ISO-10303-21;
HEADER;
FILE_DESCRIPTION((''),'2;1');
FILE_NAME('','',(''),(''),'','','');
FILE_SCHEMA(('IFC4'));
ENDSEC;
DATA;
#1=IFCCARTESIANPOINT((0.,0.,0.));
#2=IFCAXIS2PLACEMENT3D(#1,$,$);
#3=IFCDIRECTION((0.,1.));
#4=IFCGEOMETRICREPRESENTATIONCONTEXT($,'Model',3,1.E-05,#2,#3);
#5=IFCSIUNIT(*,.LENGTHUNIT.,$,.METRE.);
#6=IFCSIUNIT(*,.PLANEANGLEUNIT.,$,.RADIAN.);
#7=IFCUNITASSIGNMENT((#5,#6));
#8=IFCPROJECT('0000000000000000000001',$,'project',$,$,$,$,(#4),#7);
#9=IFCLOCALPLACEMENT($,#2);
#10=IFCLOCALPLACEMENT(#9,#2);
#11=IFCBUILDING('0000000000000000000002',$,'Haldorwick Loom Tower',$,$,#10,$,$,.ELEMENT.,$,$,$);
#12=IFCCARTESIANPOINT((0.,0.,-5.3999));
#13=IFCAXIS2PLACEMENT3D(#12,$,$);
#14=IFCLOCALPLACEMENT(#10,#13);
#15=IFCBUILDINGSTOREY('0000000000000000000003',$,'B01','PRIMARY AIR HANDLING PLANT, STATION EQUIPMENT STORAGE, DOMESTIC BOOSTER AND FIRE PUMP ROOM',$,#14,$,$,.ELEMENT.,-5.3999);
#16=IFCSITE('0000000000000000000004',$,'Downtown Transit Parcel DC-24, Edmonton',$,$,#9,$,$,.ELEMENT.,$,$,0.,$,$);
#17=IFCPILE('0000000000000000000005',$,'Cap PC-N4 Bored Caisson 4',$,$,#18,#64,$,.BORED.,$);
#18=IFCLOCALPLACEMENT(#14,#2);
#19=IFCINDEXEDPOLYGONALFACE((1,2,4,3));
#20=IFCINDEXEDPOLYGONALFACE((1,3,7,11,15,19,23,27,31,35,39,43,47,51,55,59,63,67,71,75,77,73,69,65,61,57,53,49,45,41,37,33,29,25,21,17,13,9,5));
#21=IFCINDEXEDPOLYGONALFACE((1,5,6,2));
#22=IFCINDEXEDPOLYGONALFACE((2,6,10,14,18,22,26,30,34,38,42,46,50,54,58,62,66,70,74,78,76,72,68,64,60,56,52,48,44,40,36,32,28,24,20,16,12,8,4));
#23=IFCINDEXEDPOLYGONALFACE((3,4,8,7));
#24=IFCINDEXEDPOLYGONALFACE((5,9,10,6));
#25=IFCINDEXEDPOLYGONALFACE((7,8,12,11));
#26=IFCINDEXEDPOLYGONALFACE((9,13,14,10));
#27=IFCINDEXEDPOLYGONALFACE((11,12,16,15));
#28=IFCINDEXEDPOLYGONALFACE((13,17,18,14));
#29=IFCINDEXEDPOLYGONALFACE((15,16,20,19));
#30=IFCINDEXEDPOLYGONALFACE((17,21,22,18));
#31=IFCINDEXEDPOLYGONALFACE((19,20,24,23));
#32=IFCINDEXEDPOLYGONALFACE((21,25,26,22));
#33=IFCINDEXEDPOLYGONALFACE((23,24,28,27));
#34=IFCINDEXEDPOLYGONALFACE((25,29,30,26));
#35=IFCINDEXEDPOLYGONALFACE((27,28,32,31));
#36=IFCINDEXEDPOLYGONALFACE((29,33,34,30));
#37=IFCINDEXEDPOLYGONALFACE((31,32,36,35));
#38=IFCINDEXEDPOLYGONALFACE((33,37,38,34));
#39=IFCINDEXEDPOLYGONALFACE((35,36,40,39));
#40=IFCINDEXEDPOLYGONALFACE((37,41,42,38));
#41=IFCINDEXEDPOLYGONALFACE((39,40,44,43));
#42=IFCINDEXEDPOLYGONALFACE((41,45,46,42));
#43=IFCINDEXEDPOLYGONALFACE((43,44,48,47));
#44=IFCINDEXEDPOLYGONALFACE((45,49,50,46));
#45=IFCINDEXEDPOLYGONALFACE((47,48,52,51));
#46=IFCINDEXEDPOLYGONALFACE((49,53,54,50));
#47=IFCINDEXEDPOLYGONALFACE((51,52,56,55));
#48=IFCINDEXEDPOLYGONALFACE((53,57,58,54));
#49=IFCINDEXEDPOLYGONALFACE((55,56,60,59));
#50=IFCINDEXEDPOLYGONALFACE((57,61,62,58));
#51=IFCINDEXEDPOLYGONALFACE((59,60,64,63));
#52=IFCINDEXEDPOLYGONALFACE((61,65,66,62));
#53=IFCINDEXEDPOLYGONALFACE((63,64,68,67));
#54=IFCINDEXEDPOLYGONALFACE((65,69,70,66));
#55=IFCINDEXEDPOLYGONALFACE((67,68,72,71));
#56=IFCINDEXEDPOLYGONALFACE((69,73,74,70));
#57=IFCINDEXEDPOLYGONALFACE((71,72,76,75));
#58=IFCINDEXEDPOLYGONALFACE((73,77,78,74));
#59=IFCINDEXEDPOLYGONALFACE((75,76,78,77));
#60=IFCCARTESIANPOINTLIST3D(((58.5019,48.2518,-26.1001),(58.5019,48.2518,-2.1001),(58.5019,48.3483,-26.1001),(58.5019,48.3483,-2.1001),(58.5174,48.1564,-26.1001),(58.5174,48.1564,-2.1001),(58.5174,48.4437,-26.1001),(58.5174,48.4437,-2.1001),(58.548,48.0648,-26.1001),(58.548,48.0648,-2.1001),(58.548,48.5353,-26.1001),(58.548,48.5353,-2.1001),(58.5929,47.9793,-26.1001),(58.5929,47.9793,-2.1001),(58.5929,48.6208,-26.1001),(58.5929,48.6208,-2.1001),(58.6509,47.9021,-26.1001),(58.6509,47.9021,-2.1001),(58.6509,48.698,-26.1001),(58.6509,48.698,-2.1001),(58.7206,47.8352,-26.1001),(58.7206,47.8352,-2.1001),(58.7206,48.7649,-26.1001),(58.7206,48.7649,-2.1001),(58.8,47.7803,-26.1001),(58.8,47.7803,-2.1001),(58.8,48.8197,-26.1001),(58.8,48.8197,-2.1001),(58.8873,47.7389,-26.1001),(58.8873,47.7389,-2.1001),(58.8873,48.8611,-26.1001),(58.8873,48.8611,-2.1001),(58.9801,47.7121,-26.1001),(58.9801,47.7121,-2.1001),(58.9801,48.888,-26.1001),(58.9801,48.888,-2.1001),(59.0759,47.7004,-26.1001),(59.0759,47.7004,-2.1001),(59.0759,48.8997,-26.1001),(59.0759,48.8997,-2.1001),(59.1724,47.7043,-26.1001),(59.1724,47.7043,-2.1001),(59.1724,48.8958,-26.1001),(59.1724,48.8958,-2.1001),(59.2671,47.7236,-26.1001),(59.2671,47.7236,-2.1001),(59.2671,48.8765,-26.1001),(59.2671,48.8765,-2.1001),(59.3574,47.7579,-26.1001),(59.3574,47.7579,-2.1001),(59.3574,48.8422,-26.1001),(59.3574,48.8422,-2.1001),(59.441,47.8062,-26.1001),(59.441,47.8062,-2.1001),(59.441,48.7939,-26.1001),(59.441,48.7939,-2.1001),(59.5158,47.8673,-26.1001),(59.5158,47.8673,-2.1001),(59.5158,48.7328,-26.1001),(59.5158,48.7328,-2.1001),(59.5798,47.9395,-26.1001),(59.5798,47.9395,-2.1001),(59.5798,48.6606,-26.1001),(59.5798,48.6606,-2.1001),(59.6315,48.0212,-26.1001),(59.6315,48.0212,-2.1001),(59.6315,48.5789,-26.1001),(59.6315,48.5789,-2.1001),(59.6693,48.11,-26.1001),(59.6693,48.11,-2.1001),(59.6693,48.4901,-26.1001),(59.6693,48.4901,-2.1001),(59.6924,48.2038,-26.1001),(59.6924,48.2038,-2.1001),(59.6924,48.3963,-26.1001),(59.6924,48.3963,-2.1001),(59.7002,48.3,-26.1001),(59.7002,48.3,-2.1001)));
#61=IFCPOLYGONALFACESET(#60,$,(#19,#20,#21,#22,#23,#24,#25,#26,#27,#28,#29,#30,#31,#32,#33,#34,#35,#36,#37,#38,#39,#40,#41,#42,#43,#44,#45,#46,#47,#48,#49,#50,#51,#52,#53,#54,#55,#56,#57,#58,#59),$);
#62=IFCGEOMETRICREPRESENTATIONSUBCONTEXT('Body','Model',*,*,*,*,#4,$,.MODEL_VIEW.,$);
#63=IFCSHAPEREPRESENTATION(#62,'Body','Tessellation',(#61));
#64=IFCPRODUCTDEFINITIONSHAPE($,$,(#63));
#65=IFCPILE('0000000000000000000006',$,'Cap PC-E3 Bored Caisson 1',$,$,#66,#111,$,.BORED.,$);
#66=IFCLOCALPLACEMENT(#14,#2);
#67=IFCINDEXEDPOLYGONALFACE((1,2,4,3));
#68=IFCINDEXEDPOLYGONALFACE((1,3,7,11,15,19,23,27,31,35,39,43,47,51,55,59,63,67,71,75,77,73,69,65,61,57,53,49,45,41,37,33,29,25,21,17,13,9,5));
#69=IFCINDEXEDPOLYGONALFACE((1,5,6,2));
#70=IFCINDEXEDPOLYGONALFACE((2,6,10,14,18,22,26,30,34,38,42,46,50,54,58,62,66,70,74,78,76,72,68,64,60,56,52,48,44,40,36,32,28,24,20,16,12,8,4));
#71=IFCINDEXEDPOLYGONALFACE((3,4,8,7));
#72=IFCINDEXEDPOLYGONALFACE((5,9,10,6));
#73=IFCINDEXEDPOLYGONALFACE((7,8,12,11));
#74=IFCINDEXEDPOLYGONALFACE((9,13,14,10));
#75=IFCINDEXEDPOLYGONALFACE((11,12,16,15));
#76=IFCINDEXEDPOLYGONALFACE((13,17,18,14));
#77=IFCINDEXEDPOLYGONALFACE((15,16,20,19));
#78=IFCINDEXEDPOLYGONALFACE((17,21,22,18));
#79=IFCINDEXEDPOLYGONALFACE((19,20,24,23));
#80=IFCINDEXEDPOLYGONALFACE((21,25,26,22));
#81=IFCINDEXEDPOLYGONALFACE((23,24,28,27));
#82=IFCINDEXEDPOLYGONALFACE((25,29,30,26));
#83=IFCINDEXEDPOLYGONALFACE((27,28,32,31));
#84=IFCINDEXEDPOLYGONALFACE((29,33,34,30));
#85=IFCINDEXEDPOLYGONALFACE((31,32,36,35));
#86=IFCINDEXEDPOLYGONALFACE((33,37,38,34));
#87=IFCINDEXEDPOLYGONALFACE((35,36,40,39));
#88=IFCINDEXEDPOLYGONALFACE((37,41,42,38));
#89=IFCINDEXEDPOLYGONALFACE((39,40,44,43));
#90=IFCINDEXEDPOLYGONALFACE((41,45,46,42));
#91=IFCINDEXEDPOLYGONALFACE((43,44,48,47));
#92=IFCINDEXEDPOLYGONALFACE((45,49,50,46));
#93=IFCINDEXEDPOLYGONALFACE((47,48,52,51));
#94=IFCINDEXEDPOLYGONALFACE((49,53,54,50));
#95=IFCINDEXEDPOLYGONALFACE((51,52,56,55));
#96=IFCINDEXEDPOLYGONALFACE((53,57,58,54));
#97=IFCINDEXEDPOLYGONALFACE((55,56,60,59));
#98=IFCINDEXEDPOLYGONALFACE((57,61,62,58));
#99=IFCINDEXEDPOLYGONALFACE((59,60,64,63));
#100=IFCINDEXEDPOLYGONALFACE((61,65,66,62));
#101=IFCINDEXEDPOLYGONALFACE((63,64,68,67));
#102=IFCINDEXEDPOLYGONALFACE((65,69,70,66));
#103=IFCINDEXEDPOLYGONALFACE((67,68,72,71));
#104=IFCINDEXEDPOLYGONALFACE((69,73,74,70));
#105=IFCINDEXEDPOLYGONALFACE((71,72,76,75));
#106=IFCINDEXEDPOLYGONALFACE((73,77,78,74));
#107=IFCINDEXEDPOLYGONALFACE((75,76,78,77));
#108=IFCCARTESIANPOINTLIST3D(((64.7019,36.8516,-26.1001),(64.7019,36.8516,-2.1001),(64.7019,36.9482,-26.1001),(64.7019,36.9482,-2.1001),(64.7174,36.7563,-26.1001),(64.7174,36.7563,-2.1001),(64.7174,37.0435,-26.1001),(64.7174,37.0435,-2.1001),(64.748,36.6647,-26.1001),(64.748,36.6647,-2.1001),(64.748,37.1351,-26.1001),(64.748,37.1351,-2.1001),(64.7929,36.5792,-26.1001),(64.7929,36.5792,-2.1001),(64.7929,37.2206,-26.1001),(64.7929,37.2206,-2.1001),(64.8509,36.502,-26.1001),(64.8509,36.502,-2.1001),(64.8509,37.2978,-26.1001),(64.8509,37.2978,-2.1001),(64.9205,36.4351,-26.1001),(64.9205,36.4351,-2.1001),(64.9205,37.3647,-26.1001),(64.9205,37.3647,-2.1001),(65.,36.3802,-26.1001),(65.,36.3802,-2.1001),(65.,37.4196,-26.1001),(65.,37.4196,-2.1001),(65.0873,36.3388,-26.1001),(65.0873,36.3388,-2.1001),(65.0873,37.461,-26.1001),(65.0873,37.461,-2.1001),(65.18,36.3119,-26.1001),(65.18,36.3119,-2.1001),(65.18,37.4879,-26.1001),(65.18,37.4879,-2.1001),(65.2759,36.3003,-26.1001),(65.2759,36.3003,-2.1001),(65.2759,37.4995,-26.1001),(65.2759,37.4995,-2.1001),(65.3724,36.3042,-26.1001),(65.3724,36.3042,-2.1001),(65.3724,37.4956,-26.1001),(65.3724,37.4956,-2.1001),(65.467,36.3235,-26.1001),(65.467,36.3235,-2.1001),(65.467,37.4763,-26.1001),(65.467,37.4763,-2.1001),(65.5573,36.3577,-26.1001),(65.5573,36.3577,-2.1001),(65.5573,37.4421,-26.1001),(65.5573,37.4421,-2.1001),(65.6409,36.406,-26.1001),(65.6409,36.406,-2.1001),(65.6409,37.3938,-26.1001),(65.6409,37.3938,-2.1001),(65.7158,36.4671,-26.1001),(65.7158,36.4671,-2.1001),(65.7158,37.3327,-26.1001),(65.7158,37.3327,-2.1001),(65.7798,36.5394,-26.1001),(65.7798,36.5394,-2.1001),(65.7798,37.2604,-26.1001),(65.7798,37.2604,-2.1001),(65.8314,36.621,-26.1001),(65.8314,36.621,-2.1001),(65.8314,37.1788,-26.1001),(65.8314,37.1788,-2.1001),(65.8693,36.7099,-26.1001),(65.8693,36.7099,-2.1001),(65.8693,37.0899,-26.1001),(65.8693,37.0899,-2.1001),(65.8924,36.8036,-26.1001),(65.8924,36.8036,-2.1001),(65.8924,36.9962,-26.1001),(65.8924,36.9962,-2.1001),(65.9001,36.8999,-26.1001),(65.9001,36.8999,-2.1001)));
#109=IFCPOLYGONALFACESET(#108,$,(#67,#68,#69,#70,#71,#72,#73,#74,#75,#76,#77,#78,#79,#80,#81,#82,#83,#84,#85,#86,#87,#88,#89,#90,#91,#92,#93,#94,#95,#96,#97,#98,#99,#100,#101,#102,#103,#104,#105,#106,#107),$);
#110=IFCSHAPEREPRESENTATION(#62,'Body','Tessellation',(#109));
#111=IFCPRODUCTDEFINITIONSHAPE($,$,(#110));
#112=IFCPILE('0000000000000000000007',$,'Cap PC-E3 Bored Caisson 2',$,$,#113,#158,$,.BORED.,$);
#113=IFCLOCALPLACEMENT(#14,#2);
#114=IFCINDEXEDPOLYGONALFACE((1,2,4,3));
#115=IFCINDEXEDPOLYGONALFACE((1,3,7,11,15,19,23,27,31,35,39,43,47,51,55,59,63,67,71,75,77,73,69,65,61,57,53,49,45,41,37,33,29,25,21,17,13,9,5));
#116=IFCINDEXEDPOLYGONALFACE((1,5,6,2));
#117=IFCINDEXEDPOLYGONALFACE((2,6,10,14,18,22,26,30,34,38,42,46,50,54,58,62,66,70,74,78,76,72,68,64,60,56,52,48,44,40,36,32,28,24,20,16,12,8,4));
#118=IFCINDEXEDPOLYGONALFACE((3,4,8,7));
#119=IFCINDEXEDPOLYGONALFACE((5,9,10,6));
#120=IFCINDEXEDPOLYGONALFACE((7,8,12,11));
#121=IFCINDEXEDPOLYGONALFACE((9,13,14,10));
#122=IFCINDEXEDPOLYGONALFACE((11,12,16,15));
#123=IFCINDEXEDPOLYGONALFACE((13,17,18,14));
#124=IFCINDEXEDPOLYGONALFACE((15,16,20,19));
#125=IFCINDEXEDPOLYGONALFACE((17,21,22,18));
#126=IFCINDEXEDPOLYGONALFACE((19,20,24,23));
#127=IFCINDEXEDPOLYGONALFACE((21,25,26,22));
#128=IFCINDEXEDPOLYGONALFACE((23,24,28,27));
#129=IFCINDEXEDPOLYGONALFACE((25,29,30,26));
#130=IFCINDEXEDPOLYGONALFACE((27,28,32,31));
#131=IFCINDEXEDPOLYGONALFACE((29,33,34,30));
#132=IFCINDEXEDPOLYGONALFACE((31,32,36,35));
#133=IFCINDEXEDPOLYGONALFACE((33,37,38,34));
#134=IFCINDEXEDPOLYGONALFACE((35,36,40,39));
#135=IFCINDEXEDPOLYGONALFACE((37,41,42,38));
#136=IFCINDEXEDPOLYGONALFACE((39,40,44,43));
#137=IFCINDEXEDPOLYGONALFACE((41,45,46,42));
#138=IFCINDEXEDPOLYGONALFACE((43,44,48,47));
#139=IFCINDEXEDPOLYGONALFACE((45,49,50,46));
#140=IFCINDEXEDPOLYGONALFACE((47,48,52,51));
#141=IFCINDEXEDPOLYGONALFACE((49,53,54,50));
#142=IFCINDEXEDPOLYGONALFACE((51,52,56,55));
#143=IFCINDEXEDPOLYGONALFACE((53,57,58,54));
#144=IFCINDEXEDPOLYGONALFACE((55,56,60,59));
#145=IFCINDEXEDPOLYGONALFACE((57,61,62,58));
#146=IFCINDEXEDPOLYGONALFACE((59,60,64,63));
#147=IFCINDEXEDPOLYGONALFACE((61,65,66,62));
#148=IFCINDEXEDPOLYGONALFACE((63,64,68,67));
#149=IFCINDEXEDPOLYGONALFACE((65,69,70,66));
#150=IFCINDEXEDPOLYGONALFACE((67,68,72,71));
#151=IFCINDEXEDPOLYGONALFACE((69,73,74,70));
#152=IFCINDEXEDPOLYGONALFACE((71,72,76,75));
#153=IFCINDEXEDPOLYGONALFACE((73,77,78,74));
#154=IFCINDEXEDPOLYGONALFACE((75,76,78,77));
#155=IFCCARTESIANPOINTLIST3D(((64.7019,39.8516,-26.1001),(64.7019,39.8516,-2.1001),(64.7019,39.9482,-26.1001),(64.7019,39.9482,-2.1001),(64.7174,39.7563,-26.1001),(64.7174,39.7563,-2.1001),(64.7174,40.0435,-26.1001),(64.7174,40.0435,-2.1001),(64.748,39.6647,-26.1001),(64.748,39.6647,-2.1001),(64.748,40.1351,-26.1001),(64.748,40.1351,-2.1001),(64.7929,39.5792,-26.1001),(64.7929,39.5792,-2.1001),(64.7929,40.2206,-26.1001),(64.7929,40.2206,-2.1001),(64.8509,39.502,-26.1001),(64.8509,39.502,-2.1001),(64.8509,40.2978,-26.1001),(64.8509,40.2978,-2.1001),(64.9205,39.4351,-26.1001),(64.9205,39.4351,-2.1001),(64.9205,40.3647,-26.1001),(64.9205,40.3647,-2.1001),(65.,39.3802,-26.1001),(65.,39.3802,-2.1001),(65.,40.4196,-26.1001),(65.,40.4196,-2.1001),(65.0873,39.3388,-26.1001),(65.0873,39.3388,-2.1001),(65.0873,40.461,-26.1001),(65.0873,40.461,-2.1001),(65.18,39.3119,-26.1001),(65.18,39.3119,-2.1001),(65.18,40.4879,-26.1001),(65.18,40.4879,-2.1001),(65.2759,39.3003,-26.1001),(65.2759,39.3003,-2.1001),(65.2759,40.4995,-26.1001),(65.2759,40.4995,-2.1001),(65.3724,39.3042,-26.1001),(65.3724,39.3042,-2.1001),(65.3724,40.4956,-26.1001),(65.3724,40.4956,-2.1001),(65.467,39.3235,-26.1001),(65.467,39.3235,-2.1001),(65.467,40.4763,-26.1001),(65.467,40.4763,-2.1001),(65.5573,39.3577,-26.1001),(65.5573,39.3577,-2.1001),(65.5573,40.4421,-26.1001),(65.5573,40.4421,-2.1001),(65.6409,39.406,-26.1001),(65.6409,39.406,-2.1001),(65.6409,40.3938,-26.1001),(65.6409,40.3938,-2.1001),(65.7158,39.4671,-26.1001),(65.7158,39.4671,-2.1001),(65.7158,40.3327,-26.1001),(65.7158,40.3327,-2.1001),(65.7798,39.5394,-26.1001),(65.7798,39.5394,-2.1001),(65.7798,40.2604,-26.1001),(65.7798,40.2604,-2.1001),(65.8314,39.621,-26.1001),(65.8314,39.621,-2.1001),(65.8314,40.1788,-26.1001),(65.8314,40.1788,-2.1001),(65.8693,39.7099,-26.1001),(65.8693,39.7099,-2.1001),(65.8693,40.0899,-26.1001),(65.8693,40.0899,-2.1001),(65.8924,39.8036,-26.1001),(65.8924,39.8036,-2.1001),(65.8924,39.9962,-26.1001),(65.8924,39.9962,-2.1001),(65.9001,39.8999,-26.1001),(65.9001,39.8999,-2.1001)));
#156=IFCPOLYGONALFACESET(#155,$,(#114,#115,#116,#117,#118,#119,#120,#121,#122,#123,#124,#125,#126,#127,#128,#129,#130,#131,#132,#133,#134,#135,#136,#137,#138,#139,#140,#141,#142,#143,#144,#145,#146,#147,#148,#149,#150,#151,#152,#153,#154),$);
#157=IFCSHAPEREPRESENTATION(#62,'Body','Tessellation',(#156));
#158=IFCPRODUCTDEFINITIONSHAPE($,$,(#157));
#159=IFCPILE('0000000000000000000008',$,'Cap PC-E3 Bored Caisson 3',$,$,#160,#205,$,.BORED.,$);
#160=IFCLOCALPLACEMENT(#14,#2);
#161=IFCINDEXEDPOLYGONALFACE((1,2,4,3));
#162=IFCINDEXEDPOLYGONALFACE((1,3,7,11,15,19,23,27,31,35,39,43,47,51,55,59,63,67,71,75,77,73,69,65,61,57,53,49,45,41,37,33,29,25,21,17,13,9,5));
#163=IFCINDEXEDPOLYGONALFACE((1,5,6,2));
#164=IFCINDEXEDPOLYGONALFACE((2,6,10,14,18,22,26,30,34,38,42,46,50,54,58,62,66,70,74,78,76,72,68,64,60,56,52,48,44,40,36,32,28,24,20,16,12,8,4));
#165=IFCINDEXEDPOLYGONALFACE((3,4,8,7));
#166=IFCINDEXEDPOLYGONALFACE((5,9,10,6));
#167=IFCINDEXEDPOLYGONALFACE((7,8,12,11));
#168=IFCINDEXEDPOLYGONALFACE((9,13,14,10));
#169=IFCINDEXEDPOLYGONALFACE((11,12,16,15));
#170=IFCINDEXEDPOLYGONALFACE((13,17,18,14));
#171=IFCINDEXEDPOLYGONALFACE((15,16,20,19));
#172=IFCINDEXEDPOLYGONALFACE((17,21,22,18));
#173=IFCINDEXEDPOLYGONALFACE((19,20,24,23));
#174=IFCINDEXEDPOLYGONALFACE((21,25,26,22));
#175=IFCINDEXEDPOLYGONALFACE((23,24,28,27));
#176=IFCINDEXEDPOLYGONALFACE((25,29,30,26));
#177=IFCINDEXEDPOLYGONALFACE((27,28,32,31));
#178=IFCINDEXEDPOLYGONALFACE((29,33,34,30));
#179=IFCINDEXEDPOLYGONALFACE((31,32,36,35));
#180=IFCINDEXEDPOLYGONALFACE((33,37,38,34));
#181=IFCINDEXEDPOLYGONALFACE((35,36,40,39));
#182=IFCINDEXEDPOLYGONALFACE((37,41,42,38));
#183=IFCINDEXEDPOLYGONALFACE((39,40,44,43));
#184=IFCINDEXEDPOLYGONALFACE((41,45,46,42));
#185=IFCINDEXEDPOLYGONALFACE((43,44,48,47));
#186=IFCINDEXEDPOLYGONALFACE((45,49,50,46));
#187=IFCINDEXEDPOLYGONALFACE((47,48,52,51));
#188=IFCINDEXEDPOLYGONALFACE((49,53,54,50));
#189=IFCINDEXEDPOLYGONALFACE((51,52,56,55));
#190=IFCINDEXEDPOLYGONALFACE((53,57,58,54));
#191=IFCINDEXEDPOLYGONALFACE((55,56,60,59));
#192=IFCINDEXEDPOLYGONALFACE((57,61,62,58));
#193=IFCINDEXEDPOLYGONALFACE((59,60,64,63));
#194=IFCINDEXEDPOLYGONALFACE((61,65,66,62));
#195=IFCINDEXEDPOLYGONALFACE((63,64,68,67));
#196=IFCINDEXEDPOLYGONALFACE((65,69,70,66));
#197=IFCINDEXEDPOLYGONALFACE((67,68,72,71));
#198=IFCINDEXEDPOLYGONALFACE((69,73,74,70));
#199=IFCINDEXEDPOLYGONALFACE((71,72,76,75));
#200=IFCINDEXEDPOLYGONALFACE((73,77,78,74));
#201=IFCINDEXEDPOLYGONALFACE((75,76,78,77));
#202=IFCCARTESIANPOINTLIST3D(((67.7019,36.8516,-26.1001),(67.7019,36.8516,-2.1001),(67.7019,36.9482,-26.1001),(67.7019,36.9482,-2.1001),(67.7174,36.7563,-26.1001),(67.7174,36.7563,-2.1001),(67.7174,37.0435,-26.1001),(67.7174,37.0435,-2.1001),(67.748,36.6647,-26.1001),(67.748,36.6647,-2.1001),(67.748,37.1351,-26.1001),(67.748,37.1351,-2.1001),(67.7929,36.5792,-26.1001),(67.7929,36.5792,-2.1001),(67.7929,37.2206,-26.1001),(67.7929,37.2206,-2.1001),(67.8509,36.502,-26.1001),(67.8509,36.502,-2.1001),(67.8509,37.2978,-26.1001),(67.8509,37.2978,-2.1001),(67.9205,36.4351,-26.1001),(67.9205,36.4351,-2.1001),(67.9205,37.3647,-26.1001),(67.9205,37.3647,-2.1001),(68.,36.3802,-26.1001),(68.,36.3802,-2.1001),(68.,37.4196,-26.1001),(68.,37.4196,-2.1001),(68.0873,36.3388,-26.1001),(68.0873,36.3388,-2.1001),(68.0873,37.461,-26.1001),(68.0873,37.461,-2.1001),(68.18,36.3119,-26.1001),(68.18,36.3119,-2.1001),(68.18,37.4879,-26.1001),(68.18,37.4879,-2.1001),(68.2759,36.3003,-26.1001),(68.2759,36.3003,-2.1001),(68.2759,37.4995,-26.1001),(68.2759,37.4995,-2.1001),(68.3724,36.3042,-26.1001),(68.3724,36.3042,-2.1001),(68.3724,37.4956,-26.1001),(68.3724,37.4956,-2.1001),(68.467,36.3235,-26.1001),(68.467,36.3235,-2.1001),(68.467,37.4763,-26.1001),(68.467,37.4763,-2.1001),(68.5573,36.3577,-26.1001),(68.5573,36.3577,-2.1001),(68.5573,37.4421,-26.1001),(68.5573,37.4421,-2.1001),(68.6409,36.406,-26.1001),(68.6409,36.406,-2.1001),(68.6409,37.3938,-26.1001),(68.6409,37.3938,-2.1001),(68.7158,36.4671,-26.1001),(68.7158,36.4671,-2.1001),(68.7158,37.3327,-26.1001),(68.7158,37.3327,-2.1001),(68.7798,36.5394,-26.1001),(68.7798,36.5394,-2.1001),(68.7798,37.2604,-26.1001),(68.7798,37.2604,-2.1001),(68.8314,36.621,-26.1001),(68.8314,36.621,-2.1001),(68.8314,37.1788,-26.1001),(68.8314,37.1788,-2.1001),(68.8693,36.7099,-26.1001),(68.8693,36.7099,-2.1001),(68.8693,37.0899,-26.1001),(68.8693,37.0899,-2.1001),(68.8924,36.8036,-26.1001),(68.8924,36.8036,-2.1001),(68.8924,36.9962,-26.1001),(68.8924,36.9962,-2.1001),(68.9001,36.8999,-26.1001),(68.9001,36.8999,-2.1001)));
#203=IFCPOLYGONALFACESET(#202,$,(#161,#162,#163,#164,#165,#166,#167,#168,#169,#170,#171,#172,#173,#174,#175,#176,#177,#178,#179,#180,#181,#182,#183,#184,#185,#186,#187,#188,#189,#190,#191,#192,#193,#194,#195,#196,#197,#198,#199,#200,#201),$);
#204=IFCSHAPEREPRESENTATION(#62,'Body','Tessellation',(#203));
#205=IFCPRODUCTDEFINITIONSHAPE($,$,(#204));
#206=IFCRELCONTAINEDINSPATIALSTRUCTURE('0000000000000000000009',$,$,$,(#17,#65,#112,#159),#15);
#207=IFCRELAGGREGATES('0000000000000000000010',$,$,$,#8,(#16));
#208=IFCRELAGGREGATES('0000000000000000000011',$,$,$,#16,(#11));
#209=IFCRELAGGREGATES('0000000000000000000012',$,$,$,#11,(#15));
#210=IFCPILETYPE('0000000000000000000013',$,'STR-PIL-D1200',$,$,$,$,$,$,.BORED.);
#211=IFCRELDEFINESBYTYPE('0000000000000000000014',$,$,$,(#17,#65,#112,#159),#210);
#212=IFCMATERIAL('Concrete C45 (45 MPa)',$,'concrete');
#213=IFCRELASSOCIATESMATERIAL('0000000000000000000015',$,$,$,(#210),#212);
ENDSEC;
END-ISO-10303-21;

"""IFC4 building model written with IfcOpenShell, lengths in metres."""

from ifc_helpers import new_model, si_unit, direction, frame, origin, origin_2d, place, context, subcontext, project, spatial, circle, extrude, material, material_profile, profile_set, type_object, element, save


model = new_model("IFC4")

# Units and contexts
model_context = context("Model", 3, precision=1e-05, world=origin(), true_north=direction((0.0, 1.0)))
body_context = subcontext(model_context, "Body", "Model", "MODEL_VIEW")
ifc_project = project(units=[si_unit("LENGTHUNIT", "METRE"), si_unit("PLANEANGLEUNIT", "RADIAN")], contexts=[model_context])

# Site, building, storey
site_placement = place(None, origin())
site = spatial("IfcSite", under=ifc_project, at=site_placement, Name="Downtown Transit Parcel DC-24, Edmonton", CompositionType="ELEMENT", RefElevation=0.0)
building_placement = place(site_placement, origin())
building = spatial("IfcBuilding", under=site, at=building_placement, Name="Haldorwick Loom Tower", CompositionType="ELEMENT")
storey_placement = place(building_placement, frame((0.0, 0.0, -5.3999)))
storey = spatial("IfcBuildingStorey", under=building, at=storey_placement, Name="B01", Description="PRIMARY AIR HANDLING PLANT, STATION EQUIPMENT STORAGE, DOMESTIC BOOSTER AND FIRE PUMP ROOM", CompositionType="ELEMENT", Elevation=-5.3999)

# Shared definitions
ifc_material_1 = material(Name="Concrete C45 (45 MPa)", Category="concrete")

# Piles
ifc_material_profile_1 = material_profile(ifc_material_1, circle(Radius=0.6001, at=origin_2d()), Name="CAISSON_D1200", Category="concrete")
ifc_profile_set_1 = profile_set([ifc_material_profile_1], Name="Concrete C45 (45 MPa)")
pile_type = type_object("IfcPileType", Name="STR-PIL-D1200", PredefinedType="BORED", material=ifc_profile_set_1)
for number, where, z_axis, x_axis, name in (
    (1, (59.1001, 48.3, -2.1001), (0.0, 0.0, -1.0), (1.0, 0.0, 0.0), "Cap PC-N4 Bored Caisson 4"),
    (2, (65.3, 36.8999, -2.1001), (0.0, 0.0, -1.0), (1.0, 0.0, 0.0), "Cap PC-E3 Bored Caisson 1"),
    (3, (65.3, 39.8999, -2.1001), (0.0, 0.0, -1.0), (1.0, 0.0, 0.0), "Cap PC-E3 Bored Caisson 2"),
    (4, (68.3, 36.8999, -2.1001), (0.0, 0.0, -1.0), (1.0, 0.0, 0.0), "Cap PC-E3 Bored Caisson 3"),
):
    element("IfcPile", number, at=place(storey_placement, frame(where, z_axis=z_axis, x_axis=x_axis)), inside=storey, type_object=pile_type, Name=name, PredefinedType="BORED", context=body_context, shape_type="SweptSolid", body=[
        extrude(circle(Radius=0.6001, at=origin_2d()), origin(), (0.0, 0.0, 1.0), 24.0),
    ])

save(model, "model.ifc")
